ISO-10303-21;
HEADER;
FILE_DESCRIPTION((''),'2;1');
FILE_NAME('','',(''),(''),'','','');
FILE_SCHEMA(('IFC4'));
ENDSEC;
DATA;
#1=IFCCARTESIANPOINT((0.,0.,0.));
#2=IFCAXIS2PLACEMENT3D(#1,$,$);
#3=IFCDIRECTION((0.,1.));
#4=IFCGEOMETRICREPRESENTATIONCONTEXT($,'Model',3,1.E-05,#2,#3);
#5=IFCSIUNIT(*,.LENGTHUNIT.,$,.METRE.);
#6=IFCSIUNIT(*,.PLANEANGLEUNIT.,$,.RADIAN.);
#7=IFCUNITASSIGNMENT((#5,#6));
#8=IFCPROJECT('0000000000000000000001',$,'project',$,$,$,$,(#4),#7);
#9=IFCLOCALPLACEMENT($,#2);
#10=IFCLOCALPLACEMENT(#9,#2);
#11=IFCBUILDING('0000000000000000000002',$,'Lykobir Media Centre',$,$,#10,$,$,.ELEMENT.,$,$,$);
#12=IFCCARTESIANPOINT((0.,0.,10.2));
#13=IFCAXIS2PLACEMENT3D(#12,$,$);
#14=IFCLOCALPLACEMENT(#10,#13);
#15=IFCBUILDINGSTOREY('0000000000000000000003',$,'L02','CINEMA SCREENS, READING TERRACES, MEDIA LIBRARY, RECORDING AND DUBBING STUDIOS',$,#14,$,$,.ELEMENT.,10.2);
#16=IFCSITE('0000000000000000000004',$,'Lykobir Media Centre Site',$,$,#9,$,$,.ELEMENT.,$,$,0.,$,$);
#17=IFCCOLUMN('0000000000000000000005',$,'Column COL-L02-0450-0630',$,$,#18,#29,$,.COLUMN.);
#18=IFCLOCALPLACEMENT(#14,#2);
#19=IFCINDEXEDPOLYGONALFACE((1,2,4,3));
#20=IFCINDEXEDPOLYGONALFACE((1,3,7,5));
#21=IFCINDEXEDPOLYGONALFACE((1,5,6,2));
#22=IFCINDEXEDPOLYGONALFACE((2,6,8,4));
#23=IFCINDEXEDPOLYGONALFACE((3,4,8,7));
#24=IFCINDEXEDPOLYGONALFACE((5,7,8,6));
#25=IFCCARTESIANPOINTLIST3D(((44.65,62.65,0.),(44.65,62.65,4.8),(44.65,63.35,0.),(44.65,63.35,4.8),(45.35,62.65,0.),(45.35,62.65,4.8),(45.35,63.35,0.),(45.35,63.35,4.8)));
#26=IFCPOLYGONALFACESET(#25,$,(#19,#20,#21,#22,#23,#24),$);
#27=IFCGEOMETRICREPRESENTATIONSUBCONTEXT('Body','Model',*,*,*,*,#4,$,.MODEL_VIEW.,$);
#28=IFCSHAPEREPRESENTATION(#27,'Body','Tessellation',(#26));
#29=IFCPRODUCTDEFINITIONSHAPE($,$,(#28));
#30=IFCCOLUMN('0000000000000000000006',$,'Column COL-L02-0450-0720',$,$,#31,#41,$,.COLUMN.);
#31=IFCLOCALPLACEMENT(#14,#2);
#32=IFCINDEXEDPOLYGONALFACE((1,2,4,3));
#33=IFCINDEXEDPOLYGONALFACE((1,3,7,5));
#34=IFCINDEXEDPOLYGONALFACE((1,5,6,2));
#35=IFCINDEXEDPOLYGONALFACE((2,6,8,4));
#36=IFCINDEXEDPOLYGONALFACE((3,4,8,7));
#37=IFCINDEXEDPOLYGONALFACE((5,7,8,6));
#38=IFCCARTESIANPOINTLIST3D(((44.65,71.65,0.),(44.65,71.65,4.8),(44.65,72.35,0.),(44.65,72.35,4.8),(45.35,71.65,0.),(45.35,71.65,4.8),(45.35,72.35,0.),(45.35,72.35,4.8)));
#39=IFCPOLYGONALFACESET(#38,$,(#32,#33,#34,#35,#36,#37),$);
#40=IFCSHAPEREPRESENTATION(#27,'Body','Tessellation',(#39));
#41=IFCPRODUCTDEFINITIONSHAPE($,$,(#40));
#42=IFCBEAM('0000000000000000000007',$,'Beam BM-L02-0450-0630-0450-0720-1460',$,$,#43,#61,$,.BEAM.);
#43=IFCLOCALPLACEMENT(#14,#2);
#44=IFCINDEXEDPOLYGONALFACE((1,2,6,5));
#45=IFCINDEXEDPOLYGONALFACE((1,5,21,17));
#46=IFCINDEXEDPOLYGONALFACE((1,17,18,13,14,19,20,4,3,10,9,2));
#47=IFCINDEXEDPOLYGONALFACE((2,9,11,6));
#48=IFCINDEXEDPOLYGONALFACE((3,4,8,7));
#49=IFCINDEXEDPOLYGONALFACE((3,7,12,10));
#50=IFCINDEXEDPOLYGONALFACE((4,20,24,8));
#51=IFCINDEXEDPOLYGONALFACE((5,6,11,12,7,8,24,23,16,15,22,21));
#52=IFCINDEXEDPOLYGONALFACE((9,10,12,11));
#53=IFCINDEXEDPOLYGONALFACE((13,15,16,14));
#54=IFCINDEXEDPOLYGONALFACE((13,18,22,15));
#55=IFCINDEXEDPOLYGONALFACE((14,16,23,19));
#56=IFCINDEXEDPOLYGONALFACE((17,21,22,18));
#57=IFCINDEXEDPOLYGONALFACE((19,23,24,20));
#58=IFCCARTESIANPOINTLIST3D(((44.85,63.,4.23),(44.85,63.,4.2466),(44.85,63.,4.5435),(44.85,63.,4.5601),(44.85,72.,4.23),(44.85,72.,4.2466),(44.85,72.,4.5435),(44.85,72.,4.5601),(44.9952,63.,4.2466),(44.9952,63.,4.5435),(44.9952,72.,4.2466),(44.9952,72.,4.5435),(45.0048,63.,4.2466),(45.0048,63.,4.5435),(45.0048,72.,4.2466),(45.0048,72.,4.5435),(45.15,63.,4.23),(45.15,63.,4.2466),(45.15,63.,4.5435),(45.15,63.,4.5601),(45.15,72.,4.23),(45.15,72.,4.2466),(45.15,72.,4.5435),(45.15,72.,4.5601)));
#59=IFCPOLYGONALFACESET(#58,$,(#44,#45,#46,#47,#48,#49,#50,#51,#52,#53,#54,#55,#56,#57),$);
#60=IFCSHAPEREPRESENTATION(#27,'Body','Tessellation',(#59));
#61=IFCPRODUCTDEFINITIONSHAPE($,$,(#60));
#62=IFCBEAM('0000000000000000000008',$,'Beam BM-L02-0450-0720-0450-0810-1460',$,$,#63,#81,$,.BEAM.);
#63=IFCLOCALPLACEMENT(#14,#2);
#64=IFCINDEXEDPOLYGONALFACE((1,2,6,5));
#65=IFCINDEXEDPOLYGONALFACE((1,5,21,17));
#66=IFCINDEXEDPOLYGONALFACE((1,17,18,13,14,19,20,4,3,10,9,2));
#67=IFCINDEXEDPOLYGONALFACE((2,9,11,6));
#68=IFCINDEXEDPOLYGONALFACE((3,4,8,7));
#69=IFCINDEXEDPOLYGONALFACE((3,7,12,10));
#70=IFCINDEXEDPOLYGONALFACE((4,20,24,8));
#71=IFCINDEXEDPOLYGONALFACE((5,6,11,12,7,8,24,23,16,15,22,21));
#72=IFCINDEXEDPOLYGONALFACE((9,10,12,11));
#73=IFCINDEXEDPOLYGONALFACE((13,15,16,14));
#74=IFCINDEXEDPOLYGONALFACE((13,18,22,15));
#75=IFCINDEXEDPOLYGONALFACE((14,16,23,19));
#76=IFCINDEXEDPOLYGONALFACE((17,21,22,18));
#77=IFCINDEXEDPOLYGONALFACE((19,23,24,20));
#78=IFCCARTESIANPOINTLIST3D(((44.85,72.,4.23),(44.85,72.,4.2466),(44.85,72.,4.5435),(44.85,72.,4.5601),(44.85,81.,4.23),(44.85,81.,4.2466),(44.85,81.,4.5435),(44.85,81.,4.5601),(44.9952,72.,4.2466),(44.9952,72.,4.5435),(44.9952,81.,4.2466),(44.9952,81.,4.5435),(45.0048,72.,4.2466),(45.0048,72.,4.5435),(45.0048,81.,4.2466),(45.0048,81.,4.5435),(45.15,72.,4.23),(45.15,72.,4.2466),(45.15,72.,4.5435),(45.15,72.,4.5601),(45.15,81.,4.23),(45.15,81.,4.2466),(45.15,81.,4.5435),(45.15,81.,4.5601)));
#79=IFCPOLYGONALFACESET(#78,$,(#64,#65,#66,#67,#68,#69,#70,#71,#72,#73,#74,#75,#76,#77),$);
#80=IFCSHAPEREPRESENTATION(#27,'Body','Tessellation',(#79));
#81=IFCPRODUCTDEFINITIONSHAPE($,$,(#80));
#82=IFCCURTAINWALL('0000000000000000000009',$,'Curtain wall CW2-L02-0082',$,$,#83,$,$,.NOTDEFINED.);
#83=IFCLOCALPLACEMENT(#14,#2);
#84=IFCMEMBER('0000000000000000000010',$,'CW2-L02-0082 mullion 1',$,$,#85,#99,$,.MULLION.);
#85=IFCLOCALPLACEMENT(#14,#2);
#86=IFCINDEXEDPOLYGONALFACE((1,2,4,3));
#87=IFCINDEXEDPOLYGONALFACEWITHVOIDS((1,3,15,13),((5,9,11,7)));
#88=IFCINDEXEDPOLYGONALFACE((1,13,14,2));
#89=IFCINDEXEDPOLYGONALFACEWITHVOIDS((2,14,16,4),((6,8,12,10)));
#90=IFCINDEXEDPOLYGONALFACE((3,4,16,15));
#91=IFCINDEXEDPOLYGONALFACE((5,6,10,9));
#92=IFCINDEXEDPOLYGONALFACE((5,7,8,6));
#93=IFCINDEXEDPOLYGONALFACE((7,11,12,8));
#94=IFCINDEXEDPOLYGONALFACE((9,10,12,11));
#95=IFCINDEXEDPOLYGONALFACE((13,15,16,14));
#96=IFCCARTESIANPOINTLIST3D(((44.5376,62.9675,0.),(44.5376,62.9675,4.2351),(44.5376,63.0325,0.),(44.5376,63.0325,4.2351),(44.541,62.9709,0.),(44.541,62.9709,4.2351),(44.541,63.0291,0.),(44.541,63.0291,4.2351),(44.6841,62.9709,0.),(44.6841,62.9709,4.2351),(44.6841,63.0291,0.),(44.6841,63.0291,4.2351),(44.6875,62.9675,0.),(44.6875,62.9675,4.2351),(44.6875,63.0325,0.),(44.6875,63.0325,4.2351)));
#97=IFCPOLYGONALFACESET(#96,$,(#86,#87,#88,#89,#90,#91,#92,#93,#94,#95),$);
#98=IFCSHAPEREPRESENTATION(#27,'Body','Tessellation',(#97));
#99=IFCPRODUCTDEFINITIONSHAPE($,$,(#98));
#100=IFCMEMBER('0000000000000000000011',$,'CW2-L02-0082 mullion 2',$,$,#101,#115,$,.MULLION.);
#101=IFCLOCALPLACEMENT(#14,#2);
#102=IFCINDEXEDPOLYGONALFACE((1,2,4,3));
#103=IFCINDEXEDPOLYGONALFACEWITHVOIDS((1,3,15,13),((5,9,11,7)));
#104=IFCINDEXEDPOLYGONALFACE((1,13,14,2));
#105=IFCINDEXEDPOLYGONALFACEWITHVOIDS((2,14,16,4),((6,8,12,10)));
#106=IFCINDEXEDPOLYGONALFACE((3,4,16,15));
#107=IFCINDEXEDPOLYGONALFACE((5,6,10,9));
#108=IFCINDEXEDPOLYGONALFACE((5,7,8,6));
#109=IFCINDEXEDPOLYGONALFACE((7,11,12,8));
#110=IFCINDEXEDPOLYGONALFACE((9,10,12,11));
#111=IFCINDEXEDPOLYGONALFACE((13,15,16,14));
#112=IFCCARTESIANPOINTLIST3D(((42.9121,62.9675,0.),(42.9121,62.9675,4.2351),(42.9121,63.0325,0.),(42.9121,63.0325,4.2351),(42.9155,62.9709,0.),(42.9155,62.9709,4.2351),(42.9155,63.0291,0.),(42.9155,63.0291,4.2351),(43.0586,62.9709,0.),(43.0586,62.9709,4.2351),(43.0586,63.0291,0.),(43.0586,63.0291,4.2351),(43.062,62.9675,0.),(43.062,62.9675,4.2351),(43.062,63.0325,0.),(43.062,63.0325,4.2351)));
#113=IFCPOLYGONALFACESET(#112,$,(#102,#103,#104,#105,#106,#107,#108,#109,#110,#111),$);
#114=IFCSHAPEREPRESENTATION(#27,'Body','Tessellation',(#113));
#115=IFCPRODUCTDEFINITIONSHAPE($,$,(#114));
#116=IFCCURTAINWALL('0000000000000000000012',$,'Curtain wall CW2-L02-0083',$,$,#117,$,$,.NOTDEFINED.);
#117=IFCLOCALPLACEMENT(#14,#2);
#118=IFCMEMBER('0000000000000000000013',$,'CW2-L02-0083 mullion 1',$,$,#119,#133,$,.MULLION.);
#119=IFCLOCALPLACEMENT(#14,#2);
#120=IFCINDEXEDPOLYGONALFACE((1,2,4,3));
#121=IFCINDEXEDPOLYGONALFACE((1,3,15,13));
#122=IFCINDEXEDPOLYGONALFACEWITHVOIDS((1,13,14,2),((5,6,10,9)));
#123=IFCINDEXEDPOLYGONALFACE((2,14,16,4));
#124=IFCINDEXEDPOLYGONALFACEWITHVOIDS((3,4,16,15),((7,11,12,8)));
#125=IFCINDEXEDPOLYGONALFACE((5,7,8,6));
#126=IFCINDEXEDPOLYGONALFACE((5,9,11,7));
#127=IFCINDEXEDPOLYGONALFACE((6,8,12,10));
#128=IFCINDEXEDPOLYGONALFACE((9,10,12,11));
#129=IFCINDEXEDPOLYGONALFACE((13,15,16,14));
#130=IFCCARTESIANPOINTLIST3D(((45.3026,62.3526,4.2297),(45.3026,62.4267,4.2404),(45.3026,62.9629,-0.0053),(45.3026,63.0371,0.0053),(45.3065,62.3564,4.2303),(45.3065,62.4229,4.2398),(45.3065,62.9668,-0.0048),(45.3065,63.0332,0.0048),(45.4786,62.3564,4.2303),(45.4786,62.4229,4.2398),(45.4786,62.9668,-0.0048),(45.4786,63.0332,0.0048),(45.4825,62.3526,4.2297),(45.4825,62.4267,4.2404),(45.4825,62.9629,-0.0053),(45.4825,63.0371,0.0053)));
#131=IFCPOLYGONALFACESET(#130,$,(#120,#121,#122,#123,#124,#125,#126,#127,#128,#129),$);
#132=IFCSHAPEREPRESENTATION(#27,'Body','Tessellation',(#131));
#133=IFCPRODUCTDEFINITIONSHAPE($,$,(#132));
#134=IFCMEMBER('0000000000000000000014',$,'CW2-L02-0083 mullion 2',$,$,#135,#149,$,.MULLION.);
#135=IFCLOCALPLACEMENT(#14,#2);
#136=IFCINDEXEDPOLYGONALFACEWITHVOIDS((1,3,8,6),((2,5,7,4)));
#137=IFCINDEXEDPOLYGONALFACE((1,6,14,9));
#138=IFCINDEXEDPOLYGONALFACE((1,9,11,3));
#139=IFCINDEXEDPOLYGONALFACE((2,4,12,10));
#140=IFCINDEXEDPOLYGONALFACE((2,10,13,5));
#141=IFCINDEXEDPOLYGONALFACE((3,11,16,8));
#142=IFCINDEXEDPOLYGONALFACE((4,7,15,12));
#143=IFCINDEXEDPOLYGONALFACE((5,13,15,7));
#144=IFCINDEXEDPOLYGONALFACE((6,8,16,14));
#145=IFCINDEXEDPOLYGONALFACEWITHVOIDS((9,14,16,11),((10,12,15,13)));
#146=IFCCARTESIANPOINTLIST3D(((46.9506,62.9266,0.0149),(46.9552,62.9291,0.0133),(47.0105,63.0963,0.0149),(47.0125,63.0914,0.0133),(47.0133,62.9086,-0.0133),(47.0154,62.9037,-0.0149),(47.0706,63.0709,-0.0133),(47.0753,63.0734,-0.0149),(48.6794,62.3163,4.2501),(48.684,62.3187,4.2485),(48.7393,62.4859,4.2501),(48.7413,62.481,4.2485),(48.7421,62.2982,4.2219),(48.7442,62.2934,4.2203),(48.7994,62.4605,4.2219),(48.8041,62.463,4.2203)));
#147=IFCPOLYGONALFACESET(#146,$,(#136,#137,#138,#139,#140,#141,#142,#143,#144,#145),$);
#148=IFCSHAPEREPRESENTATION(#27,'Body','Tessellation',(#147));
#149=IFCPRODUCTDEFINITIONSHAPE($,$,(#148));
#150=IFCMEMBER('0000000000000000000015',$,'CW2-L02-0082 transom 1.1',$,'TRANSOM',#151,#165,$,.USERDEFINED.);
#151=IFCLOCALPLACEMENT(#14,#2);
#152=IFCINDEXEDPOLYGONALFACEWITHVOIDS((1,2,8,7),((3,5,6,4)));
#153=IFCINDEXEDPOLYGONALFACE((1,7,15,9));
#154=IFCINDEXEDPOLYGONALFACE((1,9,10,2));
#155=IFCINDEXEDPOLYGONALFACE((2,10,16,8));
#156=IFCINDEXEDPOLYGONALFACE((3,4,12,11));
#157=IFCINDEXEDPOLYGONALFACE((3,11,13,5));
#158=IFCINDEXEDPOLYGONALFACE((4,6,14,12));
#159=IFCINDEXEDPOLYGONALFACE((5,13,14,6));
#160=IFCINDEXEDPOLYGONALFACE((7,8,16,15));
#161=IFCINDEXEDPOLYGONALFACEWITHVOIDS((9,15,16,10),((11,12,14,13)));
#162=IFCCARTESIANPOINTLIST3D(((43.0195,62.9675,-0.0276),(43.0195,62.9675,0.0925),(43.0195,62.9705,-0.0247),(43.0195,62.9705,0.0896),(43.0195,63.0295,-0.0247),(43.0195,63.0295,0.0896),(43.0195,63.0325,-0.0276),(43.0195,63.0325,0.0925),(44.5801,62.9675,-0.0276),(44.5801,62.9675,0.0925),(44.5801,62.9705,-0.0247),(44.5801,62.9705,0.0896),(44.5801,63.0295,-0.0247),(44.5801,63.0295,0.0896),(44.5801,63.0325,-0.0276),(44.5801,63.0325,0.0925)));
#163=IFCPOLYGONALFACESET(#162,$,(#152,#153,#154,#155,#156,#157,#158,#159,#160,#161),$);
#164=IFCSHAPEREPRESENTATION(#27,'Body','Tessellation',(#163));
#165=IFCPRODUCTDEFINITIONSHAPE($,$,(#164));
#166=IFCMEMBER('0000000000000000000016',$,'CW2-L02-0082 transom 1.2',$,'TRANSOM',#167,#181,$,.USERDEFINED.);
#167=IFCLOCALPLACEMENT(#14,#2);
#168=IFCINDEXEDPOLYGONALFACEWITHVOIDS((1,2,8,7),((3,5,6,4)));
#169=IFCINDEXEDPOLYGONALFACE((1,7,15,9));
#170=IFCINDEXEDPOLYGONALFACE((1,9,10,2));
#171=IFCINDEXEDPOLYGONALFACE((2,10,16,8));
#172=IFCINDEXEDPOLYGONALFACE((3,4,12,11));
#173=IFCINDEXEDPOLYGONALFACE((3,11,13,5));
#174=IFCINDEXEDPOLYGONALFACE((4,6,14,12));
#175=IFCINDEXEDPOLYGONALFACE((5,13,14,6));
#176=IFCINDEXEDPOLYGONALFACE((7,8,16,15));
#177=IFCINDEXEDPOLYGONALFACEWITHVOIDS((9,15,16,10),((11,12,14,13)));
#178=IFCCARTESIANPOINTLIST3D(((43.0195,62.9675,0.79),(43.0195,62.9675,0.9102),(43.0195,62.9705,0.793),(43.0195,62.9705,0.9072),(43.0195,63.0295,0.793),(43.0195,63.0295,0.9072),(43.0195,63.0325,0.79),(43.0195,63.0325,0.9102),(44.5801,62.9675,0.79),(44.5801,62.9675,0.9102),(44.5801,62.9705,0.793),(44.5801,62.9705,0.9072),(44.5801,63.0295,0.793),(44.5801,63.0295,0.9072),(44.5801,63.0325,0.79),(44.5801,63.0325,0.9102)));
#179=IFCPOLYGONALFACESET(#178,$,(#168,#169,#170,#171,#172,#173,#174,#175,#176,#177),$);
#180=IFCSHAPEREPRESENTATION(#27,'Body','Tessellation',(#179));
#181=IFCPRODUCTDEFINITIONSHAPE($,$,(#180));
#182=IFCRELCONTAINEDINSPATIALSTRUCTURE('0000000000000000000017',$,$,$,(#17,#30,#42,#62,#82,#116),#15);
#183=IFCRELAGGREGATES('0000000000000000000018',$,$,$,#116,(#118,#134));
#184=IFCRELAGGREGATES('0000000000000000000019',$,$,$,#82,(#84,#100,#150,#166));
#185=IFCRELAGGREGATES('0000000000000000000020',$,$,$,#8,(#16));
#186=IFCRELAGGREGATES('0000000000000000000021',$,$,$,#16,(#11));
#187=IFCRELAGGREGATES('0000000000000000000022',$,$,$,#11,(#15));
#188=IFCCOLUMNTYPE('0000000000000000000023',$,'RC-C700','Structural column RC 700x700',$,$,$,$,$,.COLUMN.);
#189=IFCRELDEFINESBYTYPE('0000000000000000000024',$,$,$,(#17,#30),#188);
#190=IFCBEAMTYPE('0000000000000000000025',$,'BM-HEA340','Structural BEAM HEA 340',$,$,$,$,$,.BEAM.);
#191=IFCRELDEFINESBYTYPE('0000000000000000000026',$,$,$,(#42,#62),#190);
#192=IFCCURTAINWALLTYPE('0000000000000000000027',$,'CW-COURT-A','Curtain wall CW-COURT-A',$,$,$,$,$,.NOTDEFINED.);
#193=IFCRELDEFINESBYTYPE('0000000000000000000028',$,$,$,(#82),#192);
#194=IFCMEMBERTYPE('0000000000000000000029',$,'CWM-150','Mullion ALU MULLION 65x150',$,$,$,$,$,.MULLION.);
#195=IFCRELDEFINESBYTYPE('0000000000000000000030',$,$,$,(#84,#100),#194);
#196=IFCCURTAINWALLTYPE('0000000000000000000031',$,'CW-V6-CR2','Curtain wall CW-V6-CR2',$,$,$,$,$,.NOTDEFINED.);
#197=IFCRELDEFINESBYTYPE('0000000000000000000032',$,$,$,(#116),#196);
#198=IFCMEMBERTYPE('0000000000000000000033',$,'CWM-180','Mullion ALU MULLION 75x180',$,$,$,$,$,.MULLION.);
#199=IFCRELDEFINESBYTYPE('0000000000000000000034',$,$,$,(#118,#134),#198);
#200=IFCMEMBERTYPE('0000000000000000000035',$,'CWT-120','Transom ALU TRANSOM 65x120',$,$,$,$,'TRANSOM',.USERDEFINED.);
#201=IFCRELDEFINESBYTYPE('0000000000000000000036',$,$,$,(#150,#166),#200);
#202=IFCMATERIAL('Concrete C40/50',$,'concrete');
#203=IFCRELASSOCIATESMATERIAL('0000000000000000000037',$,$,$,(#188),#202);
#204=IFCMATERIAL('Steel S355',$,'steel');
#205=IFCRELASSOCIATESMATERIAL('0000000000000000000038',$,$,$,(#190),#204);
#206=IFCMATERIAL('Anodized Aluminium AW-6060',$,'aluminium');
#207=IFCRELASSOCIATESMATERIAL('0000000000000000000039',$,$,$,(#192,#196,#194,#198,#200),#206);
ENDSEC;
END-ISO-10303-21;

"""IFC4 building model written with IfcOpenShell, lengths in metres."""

from ifc_helpers import new_model, si_unit, direction, frame, origin, origin_2d, place, context, subcontext, project, spatial, rectangle, hollow_rectangle, i_section, extrude, material, material_profile, profile_set, type_object, element, aggregate, save


model = new_model("IFC4")

# Units and contexts
model_context = context("Model", 3, precision=1e-05, world=origin(), true_north=direction((0.0, 1.0)))
body_context = subcontext(model_context, "Body", "Model", "MODEL_VIEW")
ifc_project = project(units=[si_unit("LENGTHUNIT", "METRE"), si_unit("PLANEANGLEUNIT", "RADIAN")], contexts=[model_context])

# Site, building, storey
site_placement = place(None, origin())
site = spatial("IfcSite", under=ifc_project, at=site_placement, Name="Lykobir Media Centre Site", CompositionType="ELEMENT", RefElevation=0.0)
building_placement = place(site_placement, origin())
building = spatial("IfcBuilding", under=site, at=building_placement, Name="Lykobir Media Centre", CompositionType="ELEMENT")
storey_placement = place(building_placement, frame((0.0, 0.0, 10.2)))
storey = spatial("IfcBuildingStorey", under=building, at=storey_placement, Name="L02", Description="CINEMA SCREENS, READING TERRACES, MEDIA LIBRARY, RECORDING AND DUBBING STUDIOS", CompositionType="ELEMENT", Elevation=10.2)

# Columns
ifc_material_1 = material(Name="Concrete C40/50", Category="concrete")
ifc_material_profile_1 = material_profile(ifc_material_1, rectangle(XDim=0.7, YDim=0.7, at=origin_2d()), Name="RC 700x700")
ifc_profile_set_1 = profile_set([ifc_material_profile_1], Name="Concrete C40/50")
column_type = type_object("IfcColumnType", Name="RC-C700", Description="Structural column RC 700x700", PredefinedType="COLUMN", material=ifc_profile_set_1)
for number, where, z_axis, x_axis, name in (
    (1, (45.0, 63.0, 0.0), (0.0, 0.0, 1.0), (1.0, 0.0, 0.0), "Column COL-L02-0450-0630"),
    (2, (45.0, 72.0, 0.0), (0.0, 0.0, 1.0), (1.0, 0.0, 0.0), "Column COL-L02-0450-0720"),
):
    element("IfcColumn", number, at=place(storey_placement, frame(where, z_axis=z_axis, x_axis=x_axis)), inside=storey, type_object=column_type, Name=name, PredefinedType="COLUMN", context=body_context, shape_type="SweptSolid", body=[
        extrude(rectangle(XDim=0.7, YDim=0.7, at=origin_2d()), origin(), (0.0, 0.0, 1.0), 4.8),
    ])

# Beams
ifc_material_2 = material(Name="Steel S355", Category="steel")
ifc_material_profile_2 = material_profile(ifc_material_2, i_section(OverallWidth=0.3, OverallDepth=0.3301, WebThickness=0.0095, FlangeThickness=0.0166, at=origin_2d()), Name="HEA 340")
ifc_profile_set_2 = profile_set([ifc_material_profile_2], Name="Steel S355")
beam_type_1 = type_object("IfcBeamType", Name="BM-HEA340", Description="Structural BEAM HEA 340", PredefinedType="BEAM", material=ifc_profile_set_2)
for number, where, z_axis, x_axis, name in (
    (3, (45.0, 63.0, 4.395), (0.0, 1.0, 0.0), (-1.0, 0.0, 0.0), "Beam BM-L02-0450-0630-0450-0720-1460"),
    (4, (45.0, 72.0, 4.395), (0.0, 1.0, 0.0), (-1.0, 0.0, 0.0), "Beam BM-L02-0450-0720-0450-0810-1460"),
):
    element("IfcBeam", number, at=place(storey_placement, frame(where, z_axis=z_axis, x_axis=x_axis)), inside=storey, type_object=beam_type_1, Name=name, PredefinedType="BEAM", context=body_context, shape_type="SweptSolid", body=[
        extrude(i_section(OverallWidth=0.3, OverallDepth=0.3301, WebThickness=0.0095, FlangeThickness=0.0166, at=origin_2d()), origin(), (0.0, 0.0, 1.0), 9.0),
    ])

# Curtain walls, members
ifc_material_3 = material(Name="Anodized Aluminium AW-6060", Category="aluminium")
curtain_wall_type_1 = type_object("IfcCurtainWallType", Name="CW-COURT-A", Description="Curtain wall CW-COURT-A", PredefinedType="NOTDEFINED", material=ifc_material_3)
curtain_wall_1_placement = place(storey_placement, origin())
curtain_wall_1 = element("IfcCurtainWall", 5, at=curtain_wall_1_placement, inside=storey, type_object=curtain_wall_type_1, Name="Curtain wall CW2-L02-0082", PredefinedType="NOTDEFINED")
ifc_material_profile_3 = material_profile(ifc_material_3, hollow_rectangle(XDim=0.0649, YDim=0.1499, WallThickness=0.0034, at=origin_2d()), Name="ALU MULLION 65x150")
ifc_profile_set_3 = profile_set([ifc_material_profile_3], Name="Anodized Aluminium AW-6060")
member_type_1 = type_object("IfcMemberType", Name="CWM-150", Description="Mullion ALU MULLION 65x150", PredefinedType="MULLION", material=ifc_profile_set_3)
member_1_placement = place(storey_placement, frame((44.6125, 63.0, 0.0), z_axis=(0.0, 0.0, 1.0), x_axis=(0.0, -1.0, 0.0)))
member_1 = element("IfcMember", 6, at=member_1_placement, type_object=member_type_1, Name="CW2-L02-0082 mullion 1", PredefinedType="MULLION", context=body_context, shape_type="SweptSolid", body=[
    extrude(hollow_rectangle(XDim=0.0649, YDim=0.1499, WallThickness=0.0034, at=origin_2d()), origin(), (0.0, 0.0, 1.0), 4.2351),
])
member_2_placement = place(storey_placement, frame((42.9871, 63.0, 0.0), z_axis=(0.0, 0.0, 1.0), x_axis=(0.0, -1.0, 0.0)))
member_2 = element("IfcMember", 7, at=member_2_placement, type_object=member_type_1, Name="CW2-L02-0082 mullion 2", PredefinedType="MULLION", context=body_context, shape_type="SweptSolid", body=[
    extrude(hollow_rectangle(XDim=0.0649, YDim=0.1499, WallThickness=0.0034, at=origin_2d()), origin(), (0.0, 0.0, 1.0), 4.2351),
])
curtain_wall_type_2 = type_object("IfcCurtainWallType", Name="CW-V6-CR2", Description="Curtain wall CW-V6-CR2", PredefinedType="NOTDEFINED", material=ifc_material_3)
curtain_wall_2_placement = place(storey_placement, origin())
curtain_wall_2 = element("IfcCurtainWall", 8, at=curtain_wall_2_placement, inside=storey, type_object=curtain_wall_type_2, Name="Curtain wall CW2-L02-0083", PredefinedType="NOTDEFINED")
ifc_material_profile_4 = material_profile(ifc_material_3, hollow_rectangle(XDim=0.075, YDim=0.1799, WallThickness=0.0039, at=origin_2d()), Name="ALU MULLION 75x180")
ifc_profile_set_4 = profile_set([ifc_material_profile_4], Name="Anodized Aluminium AW-6060")
member_type_2 = type_object("IfcMemberType", Name="CWM-180", Description="Mullion ALU MULLION 75x180", PredefinedType="MULLION", material=ifc_profile_set_4)
member_3_placement = place(storey_placement, frame((45.3926, 63.0, 0.0), z_axis=(0.0, -0.142643, 0.989774), x_axis=(0.0, 0.989774, 0.142643)))
member_3 = element("IfcMember", 9, at=member_3_placement, type_object=member_type_2, Name="CW2-L02-0083 mullion 1", PredefinedType="MULLION", context=body_context, shape_type="SweptSolid", body=[
    extrude(hollow_rectangle(XDim=0.075, YDim=0.1799, WallThickness=0.0039, at=origin_2d()), origin(), (0.0, 0.0, 1.0), 4.2788),
])
member_4_placement = place(storey_placement, frame((47.0129, 63.0, 0.0), z_axis=(0.374604, -0.132257, 0.917704), x_axis=(-0.865354, 0.30552, 0.397266)))
member_4 = element("IfcMember", 10, at=member_4_placement, type_object=member_type_2, Name="CW2-L02-0083 mullion 2", PredefinedType="MULLION", context=body_context, shape_type="SweptSolid", body=[
    extrude(hollow_rectangle(XDim=0.075, YDim=0.1799, WallThickness=0.0039, at=origin_2d()), origin(), (0.0, 0.0, 1.0), 4.615),
])
aggregate(curtain_wall_2, [member_3, member_4])

# Members
ifc_material_profile_5 = material_profile(ifc_material_3, hollow_rectangle(XDim=0.0649, YDim=0.1201, WallThickness=0.0029, at=origin_2d()), Name="ALU TRANSOM 65x120")
ifc_profile_set_5 = profile_set([ifc_material_profile_5], Name="Anodized Aluminium AW-6060")
member_type_3 = type_object("IfcMemberType", Name="CWT-120", Description="Transom ALU TRANSOM 65x120", ElementType="TRANSOM", PredefinedType="USERDEFINED", material=ifc_profile_set_5)
member_5_placement = place(storey_placement, frame((44.5801, 63.0, 0.0325), z_axis=(-1.0, 0.0, 0.0), x_axis=(0.0, -1.0, 0.0)))
member_5 = element("IfcMember", 11, at=member_5_placement, type_object=member_type_3, Name="CW2-L02-0082 transom 1.1", ObjectType="TRANSOM", PredefinedType="USERDEFINED", context=body_context, shape_type="SweptSolid", body=[
    extrude(hollow_rectangle(XDim=0.0649, YDim=0.1201, WallThickness=0.0029, at=origin_2d()), origin(), (0.0, 0.0, 1.0), 1.5605),
])
member_6_placement = place(storey_placement, frame((44.5801, 63.0, 0.8501), z_axis=(-1.0, 0.0, 0.0), x_axis=(0.0, -1.0, 0.0)))
member_6 = element("IfcMember", 12, at=member_6_placement, type_object=member_type_3, Name="CW2-L02-0082 transom 1.2", ObjectType="TRANSOM", PredefinedType="USERDEFINED", context=body_context, shape_type="SweptSolid", body=[
    extrude(hollow_rectangle(XDim=0.0649, YDim=0.1201, WallThickness=0.0029, at=origin_2d()), origin(), (0.0, 0.0, 1.0), 1.5605),
])

aggregate(curtain_wall_1, [member_1, member_2, member_5, member_6])

save(model, "model.ifc")
